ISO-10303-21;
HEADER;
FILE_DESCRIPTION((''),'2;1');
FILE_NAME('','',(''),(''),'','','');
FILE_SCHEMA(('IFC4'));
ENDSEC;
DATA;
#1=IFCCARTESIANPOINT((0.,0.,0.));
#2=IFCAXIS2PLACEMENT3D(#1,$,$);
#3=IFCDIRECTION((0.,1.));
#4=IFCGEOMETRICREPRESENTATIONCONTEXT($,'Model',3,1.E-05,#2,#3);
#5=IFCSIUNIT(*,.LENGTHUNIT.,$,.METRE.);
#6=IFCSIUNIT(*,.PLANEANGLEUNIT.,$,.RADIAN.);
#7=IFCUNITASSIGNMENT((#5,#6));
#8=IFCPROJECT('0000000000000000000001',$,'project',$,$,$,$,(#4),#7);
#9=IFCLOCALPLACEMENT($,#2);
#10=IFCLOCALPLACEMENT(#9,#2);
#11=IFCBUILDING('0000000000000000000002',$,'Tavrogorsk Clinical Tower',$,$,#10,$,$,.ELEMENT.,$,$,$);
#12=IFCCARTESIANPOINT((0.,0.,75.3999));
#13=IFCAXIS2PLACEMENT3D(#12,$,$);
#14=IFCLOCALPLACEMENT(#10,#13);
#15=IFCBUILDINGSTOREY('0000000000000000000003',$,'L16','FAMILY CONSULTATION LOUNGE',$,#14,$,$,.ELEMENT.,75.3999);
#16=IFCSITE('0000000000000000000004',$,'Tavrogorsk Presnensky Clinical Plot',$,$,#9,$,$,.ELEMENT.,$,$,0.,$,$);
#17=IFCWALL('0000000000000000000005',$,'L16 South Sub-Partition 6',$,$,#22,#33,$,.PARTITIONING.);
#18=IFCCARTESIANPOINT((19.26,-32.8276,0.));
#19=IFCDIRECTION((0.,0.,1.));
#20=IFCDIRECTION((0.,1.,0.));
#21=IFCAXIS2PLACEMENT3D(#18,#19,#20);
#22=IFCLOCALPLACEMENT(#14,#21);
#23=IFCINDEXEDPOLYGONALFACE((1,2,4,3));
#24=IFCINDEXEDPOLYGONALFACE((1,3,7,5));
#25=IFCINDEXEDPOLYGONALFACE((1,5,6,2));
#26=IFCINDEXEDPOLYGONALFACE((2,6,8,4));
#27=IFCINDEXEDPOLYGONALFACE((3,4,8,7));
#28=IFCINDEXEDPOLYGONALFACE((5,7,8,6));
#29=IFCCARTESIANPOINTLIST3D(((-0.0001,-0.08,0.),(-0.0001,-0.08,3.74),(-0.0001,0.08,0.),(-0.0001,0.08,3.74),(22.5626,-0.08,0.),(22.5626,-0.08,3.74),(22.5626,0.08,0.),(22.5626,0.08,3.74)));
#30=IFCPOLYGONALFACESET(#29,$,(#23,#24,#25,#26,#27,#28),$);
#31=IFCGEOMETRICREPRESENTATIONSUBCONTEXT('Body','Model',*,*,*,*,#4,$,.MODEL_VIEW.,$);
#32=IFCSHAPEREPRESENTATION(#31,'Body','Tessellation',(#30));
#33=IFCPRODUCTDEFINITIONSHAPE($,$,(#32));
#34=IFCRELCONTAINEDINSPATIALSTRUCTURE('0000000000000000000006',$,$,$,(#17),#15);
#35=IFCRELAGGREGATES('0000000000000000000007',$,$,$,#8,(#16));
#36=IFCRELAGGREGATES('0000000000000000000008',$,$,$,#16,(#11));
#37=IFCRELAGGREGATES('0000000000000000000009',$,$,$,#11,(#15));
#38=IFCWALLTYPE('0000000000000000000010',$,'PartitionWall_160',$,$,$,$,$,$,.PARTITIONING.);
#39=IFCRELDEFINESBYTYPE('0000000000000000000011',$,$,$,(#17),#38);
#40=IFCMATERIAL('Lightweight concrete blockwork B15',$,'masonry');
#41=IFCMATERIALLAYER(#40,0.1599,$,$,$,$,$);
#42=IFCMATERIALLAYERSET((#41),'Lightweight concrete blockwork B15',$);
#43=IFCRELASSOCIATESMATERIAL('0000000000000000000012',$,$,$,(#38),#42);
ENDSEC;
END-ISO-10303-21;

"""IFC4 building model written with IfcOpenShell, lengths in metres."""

from ifc_helpers import new_model, si_unit, direction, frame, frame_2d, origin, place, context, subcontext, project, spatial, rectangle, extrude, material, layer, layer_set, type_object, element, save


model = new_model("IFC4")

# Units and contexts
model_context = context("Model", 3, precision=1e-05, world=origin(), true_north=direction((0.0, 1.0)))
body_context = subcontext(model_context, "Body", "Model", "MODEL_VIEW")
ifc_project = project(units=[si_unit("LENGTHUNIT", "METRE"), si_unit("PLANEANGLEUNIT", "RADIAN")], contexts=[model_context])

# Site, building, storey
site_placement = place(None, origin())
site = spatial("IfcSite", under=ifc_project, at=site_placement, Name="Tavrogorsk Presnensky Clinical Plot", CompositionType="ELEMENT", RefElevation=0.0)
building_placement = place(site_placement, origin())
building = spatial("IfcBuilding", under=site, at=building_placement, Name="Tavrogorsk Clinical Tower", CompositionType="ELEMENT")
storey_placement = place(building_placement, frame((0.0, 0.0, 75.3999)))
storey = spatial("IfcBuildingStorey", under=building, at=storey_placement, Name="L16", Description="FAMILY CONSULTATION LOUNGE", CompositionType="ELEMENT", Elevation=75.3999)

# Wall
ifc_material_1 = material(Name="Lightweight concrete blockwork B15", Category="masonry")
ifc_layer_1 = layer(ifc_material_1, 0.1599)
ifc_layer_set_1 = layer_set([ifc_layer_1], Name="Lightweight concrete blockwork B15")
wall_type_1 = type_object("IfcWallType", Name="PartitionWall_160", PredefinedType="PARTITIONING", material=ifc_layer_set_1)
wall_1_placement = place(storey_placement, frame((19.26, -32.8276, 0.0), z_axis=(0.0, 0.0, 1.0), x_axis=(0.0, 1.0, 0.0)))
element("IfcWall", 1, at=wall_1_placement, inside=storey, type_object=wall_type_1, Name="L16 South Sub-Partition 6", PredefinedType="PARTITIONING", context=body_context, shape_type="SweptSolid", body=[
    extrude(rectangle(XDim=22.5627, YDim=0.1599, at=frame_2d((11.2812, 0.0))), origin(), (0.0, 0.0, 1.0), 3.74),
])

save(model, "model.ifc")
